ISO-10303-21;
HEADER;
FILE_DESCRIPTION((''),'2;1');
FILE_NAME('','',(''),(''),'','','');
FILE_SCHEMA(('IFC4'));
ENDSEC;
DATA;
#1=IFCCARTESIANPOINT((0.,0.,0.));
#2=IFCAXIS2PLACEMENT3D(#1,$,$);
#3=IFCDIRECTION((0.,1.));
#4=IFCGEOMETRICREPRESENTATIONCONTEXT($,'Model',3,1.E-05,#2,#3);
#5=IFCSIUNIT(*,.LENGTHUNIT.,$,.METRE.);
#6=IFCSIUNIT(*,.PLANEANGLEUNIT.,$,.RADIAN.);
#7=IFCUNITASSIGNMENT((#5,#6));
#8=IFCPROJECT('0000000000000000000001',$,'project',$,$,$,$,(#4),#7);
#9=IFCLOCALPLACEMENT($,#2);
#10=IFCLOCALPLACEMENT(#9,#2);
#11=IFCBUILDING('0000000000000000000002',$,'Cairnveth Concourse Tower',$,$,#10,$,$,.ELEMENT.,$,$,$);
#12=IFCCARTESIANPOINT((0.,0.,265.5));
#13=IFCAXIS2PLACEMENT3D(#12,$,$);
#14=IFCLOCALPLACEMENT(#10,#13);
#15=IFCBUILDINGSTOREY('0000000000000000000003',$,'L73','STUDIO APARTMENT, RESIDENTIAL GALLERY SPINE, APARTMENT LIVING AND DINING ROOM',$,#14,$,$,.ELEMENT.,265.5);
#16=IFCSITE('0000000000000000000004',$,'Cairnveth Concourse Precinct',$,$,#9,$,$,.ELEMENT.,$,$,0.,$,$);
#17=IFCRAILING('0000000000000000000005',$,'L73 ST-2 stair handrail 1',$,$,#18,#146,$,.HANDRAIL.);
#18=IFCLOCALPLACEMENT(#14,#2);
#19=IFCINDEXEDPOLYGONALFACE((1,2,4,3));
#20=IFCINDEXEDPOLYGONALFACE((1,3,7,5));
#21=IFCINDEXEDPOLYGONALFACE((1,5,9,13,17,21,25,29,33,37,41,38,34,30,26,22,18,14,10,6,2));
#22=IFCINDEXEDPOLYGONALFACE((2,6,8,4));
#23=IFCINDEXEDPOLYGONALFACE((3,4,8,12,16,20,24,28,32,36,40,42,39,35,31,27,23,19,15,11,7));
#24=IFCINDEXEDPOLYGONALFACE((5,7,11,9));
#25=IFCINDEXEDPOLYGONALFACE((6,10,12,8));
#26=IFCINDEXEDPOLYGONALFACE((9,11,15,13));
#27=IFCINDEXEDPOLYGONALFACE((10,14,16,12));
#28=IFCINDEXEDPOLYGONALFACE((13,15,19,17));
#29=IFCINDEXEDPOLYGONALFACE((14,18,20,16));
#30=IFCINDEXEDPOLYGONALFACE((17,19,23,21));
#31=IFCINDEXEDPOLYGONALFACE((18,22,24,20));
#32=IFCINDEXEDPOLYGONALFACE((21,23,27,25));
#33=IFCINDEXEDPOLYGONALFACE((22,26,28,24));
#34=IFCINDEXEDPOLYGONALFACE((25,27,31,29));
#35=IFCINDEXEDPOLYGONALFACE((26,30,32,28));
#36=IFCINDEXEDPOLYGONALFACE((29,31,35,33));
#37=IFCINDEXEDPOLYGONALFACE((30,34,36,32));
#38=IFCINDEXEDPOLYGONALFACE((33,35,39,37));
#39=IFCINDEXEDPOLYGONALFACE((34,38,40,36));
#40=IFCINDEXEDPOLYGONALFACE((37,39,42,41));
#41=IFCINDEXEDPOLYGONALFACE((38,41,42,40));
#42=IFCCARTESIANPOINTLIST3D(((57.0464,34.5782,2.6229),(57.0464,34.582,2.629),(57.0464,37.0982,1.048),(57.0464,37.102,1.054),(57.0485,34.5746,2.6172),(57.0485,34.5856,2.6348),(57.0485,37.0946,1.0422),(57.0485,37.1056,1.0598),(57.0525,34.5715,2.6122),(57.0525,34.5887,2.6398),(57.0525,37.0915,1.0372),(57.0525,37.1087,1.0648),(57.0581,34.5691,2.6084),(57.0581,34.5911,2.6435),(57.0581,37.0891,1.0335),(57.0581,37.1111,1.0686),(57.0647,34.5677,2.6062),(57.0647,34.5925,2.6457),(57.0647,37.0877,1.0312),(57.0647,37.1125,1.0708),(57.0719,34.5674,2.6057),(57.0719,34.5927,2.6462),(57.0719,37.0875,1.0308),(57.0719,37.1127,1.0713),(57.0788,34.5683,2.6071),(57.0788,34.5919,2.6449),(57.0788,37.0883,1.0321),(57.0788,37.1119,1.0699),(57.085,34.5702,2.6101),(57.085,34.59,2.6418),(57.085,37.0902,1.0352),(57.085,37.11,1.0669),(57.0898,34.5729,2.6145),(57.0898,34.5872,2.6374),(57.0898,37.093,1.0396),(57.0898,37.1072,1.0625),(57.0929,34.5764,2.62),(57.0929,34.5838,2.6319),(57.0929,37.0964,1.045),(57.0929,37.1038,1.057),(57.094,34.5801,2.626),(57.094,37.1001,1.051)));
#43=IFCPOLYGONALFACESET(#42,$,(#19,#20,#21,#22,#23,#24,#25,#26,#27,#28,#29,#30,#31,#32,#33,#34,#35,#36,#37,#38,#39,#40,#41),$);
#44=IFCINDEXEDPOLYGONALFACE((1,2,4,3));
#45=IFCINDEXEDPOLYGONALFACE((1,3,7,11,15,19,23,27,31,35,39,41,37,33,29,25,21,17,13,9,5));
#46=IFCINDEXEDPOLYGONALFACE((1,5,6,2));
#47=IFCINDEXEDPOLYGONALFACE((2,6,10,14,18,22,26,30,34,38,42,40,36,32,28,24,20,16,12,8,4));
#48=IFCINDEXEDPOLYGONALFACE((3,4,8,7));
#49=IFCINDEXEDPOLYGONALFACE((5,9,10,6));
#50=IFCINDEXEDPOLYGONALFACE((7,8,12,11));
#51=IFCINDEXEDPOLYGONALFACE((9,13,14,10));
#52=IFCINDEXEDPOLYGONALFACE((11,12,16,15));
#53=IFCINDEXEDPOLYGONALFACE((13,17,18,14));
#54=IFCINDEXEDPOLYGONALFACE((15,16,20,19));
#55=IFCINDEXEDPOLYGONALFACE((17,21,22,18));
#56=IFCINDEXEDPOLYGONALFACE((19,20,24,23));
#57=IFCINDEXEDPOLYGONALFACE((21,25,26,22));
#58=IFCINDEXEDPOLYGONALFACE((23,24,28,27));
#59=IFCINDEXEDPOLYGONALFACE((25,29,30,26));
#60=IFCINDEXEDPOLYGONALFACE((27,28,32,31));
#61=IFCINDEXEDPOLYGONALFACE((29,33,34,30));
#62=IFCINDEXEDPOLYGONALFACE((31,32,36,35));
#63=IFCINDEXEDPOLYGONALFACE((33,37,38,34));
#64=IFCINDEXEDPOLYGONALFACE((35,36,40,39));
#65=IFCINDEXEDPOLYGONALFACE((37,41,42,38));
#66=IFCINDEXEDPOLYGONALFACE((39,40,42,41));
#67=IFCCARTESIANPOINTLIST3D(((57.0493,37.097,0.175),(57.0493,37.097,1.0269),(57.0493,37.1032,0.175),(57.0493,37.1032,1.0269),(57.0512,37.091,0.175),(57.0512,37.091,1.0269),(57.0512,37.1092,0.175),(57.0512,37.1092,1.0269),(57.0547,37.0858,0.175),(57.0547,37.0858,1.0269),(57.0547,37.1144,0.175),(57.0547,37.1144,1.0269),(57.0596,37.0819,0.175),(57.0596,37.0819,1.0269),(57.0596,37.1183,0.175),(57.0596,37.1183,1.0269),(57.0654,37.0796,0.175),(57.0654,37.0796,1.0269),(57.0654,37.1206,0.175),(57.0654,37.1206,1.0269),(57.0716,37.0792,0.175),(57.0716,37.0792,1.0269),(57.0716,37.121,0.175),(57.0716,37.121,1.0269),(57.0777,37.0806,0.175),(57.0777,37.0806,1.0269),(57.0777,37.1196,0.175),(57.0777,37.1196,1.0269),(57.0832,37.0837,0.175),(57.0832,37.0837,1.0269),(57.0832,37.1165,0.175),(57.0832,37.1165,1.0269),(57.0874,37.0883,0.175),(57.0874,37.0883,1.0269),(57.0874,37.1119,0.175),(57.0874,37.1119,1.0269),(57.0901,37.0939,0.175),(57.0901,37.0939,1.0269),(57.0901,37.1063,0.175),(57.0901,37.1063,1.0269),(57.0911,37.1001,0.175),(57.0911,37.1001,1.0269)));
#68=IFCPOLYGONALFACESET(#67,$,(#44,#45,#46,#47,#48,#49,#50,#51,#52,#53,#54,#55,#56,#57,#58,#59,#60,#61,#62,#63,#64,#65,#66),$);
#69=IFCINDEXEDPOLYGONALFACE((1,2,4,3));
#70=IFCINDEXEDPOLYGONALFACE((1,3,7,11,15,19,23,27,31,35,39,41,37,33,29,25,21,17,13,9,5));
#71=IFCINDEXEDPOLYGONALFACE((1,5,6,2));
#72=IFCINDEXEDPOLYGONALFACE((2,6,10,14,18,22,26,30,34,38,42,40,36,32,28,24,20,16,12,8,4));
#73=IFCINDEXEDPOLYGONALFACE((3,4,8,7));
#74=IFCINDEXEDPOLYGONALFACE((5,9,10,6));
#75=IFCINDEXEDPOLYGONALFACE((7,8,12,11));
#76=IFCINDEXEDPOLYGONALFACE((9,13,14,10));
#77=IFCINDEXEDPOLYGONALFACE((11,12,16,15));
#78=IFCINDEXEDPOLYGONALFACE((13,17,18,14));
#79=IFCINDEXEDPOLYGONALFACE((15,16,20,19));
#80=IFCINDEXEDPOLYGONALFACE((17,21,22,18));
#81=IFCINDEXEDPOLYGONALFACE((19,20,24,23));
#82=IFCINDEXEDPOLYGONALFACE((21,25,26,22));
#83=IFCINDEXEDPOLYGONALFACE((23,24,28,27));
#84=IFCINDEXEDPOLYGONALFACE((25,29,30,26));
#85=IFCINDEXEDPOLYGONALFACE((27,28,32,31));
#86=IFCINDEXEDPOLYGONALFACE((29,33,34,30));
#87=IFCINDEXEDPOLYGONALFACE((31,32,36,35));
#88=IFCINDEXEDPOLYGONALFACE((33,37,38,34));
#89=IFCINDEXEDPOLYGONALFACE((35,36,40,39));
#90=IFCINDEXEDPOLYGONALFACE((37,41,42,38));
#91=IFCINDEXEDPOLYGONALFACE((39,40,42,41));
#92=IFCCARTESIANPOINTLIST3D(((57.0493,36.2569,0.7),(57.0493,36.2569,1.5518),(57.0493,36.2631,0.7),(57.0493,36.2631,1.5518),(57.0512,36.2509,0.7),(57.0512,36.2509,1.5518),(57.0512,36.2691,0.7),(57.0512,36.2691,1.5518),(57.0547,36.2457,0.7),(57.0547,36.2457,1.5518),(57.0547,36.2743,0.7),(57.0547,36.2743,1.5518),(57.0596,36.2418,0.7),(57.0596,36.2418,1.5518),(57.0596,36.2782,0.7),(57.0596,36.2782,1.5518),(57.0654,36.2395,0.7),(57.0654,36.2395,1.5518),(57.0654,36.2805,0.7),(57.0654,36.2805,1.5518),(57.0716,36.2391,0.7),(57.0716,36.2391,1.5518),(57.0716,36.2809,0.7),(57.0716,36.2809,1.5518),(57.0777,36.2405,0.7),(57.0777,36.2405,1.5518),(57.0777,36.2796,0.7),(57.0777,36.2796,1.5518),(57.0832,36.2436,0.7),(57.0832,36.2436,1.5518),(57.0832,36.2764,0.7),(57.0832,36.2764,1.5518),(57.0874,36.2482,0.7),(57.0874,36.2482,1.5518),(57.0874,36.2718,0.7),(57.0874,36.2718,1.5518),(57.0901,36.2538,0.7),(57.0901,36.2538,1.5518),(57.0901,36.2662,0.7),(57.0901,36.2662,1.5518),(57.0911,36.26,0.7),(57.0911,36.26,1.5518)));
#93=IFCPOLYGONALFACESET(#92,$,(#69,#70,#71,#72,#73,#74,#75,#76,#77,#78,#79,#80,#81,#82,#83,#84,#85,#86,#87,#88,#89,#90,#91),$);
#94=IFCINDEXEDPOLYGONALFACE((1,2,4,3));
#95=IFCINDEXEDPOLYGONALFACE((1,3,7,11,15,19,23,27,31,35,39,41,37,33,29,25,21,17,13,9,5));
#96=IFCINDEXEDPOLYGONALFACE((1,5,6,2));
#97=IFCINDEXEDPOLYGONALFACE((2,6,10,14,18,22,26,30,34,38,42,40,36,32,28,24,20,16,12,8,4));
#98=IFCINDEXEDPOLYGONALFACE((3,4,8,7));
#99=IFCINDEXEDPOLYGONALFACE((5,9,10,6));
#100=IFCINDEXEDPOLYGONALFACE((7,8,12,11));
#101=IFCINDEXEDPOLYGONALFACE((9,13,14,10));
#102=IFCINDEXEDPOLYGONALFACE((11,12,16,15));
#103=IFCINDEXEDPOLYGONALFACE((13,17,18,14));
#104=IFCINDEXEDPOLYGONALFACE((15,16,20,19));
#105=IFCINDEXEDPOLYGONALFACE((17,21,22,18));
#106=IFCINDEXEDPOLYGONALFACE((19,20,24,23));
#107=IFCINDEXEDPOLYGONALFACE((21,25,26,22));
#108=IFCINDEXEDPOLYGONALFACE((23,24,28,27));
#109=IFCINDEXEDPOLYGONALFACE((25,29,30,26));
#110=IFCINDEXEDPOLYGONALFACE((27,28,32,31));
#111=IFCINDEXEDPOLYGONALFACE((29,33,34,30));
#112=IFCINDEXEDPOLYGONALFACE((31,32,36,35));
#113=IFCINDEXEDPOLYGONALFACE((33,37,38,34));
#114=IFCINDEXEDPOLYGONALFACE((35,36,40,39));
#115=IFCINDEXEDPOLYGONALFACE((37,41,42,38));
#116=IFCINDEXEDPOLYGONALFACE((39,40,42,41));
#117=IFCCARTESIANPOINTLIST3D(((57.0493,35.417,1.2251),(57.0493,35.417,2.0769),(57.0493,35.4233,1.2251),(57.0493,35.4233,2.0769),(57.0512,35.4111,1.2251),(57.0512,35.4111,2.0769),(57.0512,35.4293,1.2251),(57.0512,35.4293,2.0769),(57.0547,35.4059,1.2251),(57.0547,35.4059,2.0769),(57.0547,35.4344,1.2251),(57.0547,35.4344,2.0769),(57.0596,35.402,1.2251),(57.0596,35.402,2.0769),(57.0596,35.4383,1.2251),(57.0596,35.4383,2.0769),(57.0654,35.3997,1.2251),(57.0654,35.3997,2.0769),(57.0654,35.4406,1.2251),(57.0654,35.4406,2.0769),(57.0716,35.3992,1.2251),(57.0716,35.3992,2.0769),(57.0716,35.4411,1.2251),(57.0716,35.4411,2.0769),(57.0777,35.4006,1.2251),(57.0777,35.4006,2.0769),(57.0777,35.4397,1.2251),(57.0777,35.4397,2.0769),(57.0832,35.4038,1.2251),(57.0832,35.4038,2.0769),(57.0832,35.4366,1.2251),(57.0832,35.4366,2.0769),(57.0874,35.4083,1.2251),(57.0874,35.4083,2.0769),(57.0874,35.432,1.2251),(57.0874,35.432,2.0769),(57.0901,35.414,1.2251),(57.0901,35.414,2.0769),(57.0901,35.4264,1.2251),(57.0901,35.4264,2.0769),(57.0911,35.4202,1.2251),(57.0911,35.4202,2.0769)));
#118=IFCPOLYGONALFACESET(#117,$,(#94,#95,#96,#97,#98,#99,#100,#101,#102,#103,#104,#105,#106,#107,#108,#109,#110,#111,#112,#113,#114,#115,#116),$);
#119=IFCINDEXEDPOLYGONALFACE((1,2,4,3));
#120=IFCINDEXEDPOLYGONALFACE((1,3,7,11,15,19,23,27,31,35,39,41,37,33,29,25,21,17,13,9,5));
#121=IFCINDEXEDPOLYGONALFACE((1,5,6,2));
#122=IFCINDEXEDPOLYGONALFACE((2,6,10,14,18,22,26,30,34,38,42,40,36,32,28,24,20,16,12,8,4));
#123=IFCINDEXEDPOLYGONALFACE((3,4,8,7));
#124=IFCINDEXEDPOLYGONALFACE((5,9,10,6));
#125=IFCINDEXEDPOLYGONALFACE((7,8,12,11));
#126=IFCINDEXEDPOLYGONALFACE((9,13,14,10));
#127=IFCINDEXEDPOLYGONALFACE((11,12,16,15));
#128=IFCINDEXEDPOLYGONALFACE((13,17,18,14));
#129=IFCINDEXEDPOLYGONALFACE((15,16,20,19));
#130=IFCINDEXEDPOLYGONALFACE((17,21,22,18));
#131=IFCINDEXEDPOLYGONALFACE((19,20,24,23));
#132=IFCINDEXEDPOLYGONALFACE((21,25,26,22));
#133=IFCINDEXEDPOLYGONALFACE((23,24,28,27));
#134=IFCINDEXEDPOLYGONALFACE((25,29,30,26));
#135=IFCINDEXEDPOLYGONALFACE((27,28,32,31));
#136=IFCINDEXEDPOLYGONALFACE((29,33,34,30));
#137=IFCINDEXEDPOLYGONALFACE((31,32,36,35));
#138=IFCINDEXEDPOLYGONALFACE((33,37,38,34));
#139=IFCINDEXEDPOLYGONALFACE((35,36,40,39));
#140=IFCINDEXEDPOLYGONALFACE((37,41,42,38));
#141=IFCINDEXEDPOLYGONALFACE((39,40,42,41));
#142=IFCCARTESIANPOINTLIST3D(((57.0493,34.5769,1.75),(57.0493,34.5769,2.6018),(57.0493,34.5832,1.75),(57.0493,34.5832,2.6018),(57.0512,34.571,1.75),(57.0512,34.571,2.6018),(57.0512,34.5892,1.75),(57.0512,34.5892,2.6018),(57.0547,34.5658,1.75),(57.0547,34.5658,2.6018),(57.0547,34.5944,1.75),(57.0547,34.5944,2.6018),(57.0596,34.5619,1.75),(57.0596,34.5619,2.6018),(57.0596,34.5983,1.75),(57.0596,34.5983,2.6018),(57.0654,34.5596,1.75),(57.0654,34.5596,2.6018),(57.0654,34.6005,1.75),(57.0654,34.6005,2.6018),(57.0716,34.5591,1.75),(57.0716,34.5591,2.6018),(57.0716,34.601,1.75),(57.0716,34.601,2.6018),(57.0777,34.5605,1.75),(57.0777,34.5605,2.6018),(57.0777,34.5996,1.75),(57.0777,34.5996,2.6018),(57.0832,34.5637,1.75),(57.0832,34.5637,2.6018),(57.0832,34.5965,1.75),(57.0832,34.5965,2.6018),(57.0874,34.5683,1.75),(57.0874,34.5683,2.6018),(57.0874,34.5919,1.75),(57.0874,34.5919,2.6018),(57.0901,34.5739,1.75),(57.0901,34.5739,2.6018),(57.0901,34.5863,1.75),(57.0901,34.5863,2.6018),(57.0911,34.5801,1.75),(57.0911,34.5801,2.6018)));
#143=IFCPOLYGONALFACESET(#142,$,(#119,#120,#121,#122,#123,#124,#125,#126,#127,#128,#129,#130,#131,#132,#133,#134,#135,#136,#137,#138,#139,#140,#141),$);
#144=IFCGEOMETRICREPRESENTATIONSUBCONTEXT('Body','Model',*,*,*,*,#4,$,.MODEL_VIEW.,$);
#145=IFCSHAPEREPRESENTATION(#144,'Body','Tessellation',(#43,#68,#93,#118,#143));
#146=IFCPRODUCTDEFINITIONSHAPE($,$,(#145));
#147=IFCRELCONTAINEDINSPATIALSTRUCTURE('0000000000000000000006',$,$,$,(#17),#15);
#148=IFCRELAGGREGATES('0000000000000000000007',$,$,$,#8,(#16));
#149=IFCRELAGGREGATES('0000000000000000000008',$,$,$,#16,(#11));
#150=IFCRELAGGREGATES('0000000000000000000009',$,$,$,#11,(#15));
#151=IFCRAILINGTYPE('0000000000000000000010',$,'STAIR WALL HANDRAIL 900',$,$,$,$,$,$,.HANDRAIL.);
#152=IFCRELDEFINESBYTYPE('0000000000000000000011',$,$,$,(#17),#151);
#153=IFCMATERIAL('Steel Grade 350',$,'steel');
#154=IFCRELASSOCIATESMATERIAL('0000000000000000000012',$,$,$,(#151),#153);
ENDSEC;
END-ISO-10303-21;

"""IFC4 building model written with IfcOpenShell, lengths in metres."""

from ifc_helpers import new_model, si_unit, direction, frame, origin, origin_2d, place, context, subcontext, project, spatial, circle, extrude, material, type_object, element, save


model = new_model("IFC4")

# Units and contexts
model_context = context("Model", 3, precision=1e-05, world=origin(), true_north=direction((0.0, 1.0)))
body_context = subcontext(model_context, "Body", "Model", "MODEL_VIEW")
ifc_project = project(units=[si_unit("LENGTHUNIT", "METRE"), si_unit("PLANEANGLEUNIT", "RADIAN")], contexts=[model_context])

# Site, building, storey
site_placement = place(None, origin())
site = spatial("IfcSite", under=ifc_project, at=site_placement, Name="Cairnveth Concourse Precinct", CompositionType="ELEMENT", RefElevation=0.0)
building_placement = place(site_placement, origin())
building = spatial("IfcBuilding", under=site, at=building_placement, Name="Cairnveth Concourse Tower", CompositionType="ELEMENT")
storey_placement = place(building_placement, frame((0.0, 0.0, 265.5)))
storey = spatial("IfcBuildingStorey", under=building, at=storey_placement, Name="L73", Description="STUDIO APARTMENT, RESIDENTIAL GALLERY SPINE, APARTMENT LIVING AND DINING ROOM", CompositionType="ELEMENT", Elevation=265.5)

# Shared definitions
ifc_material_1 = material(Name="Steel Grade 350", Category="steel")

# Railing
railing_type_1 = type_object("IfcRailingType", Name="STAIR WALL HANDRAIL 900", PredefinedType="HANDRAIL", material=ifc_material_1)
railing_1_placement = place(storey_placement, frame((57.0701, 37.1001, 0.175)))
element("IfcRailing", 1, at=railing_1_placement, inside=storey, type_object=railing_type_1, Name="L73 ST-2 stair handrail 1", PredefinedType="HANDRAIL", context=body_context, shape_type="SweptSolid", body=[
    extrude(circle(Radius=0.0239, at=origin_2d()), frame((0.0, 0.0, 0.876), z_axis=(0.0, -0.848008, 0.529984), x_axis=(1.0, 0.0, 0.0)), (0.0, 0.0, 1.0), 2.9717),
    extrude(circle(Radius=0.021, at=origin_2d()), origin(), (0.0, 0.0, 1.0), 0.8518),
    extrude(circle(Radius=0.021, at=origin_2d()), frame((0.0, -0.8401, 0.5249)), (0.0, 0.0, 1.0), 0.8518),
    extrude(circle(Radius=0.021, at=origin_2d()), frame((0.0, -1.6799, 1.05)), (0.0, 0.0, 1.0), 0.8518),
    extrude(circle(Radius=0.021, at=origin_2d()), frame((0.0, -2.52, 1.575)), (0.0, 0.0, 1.0), 0.8518),
])

save(model, "model.ifc")
